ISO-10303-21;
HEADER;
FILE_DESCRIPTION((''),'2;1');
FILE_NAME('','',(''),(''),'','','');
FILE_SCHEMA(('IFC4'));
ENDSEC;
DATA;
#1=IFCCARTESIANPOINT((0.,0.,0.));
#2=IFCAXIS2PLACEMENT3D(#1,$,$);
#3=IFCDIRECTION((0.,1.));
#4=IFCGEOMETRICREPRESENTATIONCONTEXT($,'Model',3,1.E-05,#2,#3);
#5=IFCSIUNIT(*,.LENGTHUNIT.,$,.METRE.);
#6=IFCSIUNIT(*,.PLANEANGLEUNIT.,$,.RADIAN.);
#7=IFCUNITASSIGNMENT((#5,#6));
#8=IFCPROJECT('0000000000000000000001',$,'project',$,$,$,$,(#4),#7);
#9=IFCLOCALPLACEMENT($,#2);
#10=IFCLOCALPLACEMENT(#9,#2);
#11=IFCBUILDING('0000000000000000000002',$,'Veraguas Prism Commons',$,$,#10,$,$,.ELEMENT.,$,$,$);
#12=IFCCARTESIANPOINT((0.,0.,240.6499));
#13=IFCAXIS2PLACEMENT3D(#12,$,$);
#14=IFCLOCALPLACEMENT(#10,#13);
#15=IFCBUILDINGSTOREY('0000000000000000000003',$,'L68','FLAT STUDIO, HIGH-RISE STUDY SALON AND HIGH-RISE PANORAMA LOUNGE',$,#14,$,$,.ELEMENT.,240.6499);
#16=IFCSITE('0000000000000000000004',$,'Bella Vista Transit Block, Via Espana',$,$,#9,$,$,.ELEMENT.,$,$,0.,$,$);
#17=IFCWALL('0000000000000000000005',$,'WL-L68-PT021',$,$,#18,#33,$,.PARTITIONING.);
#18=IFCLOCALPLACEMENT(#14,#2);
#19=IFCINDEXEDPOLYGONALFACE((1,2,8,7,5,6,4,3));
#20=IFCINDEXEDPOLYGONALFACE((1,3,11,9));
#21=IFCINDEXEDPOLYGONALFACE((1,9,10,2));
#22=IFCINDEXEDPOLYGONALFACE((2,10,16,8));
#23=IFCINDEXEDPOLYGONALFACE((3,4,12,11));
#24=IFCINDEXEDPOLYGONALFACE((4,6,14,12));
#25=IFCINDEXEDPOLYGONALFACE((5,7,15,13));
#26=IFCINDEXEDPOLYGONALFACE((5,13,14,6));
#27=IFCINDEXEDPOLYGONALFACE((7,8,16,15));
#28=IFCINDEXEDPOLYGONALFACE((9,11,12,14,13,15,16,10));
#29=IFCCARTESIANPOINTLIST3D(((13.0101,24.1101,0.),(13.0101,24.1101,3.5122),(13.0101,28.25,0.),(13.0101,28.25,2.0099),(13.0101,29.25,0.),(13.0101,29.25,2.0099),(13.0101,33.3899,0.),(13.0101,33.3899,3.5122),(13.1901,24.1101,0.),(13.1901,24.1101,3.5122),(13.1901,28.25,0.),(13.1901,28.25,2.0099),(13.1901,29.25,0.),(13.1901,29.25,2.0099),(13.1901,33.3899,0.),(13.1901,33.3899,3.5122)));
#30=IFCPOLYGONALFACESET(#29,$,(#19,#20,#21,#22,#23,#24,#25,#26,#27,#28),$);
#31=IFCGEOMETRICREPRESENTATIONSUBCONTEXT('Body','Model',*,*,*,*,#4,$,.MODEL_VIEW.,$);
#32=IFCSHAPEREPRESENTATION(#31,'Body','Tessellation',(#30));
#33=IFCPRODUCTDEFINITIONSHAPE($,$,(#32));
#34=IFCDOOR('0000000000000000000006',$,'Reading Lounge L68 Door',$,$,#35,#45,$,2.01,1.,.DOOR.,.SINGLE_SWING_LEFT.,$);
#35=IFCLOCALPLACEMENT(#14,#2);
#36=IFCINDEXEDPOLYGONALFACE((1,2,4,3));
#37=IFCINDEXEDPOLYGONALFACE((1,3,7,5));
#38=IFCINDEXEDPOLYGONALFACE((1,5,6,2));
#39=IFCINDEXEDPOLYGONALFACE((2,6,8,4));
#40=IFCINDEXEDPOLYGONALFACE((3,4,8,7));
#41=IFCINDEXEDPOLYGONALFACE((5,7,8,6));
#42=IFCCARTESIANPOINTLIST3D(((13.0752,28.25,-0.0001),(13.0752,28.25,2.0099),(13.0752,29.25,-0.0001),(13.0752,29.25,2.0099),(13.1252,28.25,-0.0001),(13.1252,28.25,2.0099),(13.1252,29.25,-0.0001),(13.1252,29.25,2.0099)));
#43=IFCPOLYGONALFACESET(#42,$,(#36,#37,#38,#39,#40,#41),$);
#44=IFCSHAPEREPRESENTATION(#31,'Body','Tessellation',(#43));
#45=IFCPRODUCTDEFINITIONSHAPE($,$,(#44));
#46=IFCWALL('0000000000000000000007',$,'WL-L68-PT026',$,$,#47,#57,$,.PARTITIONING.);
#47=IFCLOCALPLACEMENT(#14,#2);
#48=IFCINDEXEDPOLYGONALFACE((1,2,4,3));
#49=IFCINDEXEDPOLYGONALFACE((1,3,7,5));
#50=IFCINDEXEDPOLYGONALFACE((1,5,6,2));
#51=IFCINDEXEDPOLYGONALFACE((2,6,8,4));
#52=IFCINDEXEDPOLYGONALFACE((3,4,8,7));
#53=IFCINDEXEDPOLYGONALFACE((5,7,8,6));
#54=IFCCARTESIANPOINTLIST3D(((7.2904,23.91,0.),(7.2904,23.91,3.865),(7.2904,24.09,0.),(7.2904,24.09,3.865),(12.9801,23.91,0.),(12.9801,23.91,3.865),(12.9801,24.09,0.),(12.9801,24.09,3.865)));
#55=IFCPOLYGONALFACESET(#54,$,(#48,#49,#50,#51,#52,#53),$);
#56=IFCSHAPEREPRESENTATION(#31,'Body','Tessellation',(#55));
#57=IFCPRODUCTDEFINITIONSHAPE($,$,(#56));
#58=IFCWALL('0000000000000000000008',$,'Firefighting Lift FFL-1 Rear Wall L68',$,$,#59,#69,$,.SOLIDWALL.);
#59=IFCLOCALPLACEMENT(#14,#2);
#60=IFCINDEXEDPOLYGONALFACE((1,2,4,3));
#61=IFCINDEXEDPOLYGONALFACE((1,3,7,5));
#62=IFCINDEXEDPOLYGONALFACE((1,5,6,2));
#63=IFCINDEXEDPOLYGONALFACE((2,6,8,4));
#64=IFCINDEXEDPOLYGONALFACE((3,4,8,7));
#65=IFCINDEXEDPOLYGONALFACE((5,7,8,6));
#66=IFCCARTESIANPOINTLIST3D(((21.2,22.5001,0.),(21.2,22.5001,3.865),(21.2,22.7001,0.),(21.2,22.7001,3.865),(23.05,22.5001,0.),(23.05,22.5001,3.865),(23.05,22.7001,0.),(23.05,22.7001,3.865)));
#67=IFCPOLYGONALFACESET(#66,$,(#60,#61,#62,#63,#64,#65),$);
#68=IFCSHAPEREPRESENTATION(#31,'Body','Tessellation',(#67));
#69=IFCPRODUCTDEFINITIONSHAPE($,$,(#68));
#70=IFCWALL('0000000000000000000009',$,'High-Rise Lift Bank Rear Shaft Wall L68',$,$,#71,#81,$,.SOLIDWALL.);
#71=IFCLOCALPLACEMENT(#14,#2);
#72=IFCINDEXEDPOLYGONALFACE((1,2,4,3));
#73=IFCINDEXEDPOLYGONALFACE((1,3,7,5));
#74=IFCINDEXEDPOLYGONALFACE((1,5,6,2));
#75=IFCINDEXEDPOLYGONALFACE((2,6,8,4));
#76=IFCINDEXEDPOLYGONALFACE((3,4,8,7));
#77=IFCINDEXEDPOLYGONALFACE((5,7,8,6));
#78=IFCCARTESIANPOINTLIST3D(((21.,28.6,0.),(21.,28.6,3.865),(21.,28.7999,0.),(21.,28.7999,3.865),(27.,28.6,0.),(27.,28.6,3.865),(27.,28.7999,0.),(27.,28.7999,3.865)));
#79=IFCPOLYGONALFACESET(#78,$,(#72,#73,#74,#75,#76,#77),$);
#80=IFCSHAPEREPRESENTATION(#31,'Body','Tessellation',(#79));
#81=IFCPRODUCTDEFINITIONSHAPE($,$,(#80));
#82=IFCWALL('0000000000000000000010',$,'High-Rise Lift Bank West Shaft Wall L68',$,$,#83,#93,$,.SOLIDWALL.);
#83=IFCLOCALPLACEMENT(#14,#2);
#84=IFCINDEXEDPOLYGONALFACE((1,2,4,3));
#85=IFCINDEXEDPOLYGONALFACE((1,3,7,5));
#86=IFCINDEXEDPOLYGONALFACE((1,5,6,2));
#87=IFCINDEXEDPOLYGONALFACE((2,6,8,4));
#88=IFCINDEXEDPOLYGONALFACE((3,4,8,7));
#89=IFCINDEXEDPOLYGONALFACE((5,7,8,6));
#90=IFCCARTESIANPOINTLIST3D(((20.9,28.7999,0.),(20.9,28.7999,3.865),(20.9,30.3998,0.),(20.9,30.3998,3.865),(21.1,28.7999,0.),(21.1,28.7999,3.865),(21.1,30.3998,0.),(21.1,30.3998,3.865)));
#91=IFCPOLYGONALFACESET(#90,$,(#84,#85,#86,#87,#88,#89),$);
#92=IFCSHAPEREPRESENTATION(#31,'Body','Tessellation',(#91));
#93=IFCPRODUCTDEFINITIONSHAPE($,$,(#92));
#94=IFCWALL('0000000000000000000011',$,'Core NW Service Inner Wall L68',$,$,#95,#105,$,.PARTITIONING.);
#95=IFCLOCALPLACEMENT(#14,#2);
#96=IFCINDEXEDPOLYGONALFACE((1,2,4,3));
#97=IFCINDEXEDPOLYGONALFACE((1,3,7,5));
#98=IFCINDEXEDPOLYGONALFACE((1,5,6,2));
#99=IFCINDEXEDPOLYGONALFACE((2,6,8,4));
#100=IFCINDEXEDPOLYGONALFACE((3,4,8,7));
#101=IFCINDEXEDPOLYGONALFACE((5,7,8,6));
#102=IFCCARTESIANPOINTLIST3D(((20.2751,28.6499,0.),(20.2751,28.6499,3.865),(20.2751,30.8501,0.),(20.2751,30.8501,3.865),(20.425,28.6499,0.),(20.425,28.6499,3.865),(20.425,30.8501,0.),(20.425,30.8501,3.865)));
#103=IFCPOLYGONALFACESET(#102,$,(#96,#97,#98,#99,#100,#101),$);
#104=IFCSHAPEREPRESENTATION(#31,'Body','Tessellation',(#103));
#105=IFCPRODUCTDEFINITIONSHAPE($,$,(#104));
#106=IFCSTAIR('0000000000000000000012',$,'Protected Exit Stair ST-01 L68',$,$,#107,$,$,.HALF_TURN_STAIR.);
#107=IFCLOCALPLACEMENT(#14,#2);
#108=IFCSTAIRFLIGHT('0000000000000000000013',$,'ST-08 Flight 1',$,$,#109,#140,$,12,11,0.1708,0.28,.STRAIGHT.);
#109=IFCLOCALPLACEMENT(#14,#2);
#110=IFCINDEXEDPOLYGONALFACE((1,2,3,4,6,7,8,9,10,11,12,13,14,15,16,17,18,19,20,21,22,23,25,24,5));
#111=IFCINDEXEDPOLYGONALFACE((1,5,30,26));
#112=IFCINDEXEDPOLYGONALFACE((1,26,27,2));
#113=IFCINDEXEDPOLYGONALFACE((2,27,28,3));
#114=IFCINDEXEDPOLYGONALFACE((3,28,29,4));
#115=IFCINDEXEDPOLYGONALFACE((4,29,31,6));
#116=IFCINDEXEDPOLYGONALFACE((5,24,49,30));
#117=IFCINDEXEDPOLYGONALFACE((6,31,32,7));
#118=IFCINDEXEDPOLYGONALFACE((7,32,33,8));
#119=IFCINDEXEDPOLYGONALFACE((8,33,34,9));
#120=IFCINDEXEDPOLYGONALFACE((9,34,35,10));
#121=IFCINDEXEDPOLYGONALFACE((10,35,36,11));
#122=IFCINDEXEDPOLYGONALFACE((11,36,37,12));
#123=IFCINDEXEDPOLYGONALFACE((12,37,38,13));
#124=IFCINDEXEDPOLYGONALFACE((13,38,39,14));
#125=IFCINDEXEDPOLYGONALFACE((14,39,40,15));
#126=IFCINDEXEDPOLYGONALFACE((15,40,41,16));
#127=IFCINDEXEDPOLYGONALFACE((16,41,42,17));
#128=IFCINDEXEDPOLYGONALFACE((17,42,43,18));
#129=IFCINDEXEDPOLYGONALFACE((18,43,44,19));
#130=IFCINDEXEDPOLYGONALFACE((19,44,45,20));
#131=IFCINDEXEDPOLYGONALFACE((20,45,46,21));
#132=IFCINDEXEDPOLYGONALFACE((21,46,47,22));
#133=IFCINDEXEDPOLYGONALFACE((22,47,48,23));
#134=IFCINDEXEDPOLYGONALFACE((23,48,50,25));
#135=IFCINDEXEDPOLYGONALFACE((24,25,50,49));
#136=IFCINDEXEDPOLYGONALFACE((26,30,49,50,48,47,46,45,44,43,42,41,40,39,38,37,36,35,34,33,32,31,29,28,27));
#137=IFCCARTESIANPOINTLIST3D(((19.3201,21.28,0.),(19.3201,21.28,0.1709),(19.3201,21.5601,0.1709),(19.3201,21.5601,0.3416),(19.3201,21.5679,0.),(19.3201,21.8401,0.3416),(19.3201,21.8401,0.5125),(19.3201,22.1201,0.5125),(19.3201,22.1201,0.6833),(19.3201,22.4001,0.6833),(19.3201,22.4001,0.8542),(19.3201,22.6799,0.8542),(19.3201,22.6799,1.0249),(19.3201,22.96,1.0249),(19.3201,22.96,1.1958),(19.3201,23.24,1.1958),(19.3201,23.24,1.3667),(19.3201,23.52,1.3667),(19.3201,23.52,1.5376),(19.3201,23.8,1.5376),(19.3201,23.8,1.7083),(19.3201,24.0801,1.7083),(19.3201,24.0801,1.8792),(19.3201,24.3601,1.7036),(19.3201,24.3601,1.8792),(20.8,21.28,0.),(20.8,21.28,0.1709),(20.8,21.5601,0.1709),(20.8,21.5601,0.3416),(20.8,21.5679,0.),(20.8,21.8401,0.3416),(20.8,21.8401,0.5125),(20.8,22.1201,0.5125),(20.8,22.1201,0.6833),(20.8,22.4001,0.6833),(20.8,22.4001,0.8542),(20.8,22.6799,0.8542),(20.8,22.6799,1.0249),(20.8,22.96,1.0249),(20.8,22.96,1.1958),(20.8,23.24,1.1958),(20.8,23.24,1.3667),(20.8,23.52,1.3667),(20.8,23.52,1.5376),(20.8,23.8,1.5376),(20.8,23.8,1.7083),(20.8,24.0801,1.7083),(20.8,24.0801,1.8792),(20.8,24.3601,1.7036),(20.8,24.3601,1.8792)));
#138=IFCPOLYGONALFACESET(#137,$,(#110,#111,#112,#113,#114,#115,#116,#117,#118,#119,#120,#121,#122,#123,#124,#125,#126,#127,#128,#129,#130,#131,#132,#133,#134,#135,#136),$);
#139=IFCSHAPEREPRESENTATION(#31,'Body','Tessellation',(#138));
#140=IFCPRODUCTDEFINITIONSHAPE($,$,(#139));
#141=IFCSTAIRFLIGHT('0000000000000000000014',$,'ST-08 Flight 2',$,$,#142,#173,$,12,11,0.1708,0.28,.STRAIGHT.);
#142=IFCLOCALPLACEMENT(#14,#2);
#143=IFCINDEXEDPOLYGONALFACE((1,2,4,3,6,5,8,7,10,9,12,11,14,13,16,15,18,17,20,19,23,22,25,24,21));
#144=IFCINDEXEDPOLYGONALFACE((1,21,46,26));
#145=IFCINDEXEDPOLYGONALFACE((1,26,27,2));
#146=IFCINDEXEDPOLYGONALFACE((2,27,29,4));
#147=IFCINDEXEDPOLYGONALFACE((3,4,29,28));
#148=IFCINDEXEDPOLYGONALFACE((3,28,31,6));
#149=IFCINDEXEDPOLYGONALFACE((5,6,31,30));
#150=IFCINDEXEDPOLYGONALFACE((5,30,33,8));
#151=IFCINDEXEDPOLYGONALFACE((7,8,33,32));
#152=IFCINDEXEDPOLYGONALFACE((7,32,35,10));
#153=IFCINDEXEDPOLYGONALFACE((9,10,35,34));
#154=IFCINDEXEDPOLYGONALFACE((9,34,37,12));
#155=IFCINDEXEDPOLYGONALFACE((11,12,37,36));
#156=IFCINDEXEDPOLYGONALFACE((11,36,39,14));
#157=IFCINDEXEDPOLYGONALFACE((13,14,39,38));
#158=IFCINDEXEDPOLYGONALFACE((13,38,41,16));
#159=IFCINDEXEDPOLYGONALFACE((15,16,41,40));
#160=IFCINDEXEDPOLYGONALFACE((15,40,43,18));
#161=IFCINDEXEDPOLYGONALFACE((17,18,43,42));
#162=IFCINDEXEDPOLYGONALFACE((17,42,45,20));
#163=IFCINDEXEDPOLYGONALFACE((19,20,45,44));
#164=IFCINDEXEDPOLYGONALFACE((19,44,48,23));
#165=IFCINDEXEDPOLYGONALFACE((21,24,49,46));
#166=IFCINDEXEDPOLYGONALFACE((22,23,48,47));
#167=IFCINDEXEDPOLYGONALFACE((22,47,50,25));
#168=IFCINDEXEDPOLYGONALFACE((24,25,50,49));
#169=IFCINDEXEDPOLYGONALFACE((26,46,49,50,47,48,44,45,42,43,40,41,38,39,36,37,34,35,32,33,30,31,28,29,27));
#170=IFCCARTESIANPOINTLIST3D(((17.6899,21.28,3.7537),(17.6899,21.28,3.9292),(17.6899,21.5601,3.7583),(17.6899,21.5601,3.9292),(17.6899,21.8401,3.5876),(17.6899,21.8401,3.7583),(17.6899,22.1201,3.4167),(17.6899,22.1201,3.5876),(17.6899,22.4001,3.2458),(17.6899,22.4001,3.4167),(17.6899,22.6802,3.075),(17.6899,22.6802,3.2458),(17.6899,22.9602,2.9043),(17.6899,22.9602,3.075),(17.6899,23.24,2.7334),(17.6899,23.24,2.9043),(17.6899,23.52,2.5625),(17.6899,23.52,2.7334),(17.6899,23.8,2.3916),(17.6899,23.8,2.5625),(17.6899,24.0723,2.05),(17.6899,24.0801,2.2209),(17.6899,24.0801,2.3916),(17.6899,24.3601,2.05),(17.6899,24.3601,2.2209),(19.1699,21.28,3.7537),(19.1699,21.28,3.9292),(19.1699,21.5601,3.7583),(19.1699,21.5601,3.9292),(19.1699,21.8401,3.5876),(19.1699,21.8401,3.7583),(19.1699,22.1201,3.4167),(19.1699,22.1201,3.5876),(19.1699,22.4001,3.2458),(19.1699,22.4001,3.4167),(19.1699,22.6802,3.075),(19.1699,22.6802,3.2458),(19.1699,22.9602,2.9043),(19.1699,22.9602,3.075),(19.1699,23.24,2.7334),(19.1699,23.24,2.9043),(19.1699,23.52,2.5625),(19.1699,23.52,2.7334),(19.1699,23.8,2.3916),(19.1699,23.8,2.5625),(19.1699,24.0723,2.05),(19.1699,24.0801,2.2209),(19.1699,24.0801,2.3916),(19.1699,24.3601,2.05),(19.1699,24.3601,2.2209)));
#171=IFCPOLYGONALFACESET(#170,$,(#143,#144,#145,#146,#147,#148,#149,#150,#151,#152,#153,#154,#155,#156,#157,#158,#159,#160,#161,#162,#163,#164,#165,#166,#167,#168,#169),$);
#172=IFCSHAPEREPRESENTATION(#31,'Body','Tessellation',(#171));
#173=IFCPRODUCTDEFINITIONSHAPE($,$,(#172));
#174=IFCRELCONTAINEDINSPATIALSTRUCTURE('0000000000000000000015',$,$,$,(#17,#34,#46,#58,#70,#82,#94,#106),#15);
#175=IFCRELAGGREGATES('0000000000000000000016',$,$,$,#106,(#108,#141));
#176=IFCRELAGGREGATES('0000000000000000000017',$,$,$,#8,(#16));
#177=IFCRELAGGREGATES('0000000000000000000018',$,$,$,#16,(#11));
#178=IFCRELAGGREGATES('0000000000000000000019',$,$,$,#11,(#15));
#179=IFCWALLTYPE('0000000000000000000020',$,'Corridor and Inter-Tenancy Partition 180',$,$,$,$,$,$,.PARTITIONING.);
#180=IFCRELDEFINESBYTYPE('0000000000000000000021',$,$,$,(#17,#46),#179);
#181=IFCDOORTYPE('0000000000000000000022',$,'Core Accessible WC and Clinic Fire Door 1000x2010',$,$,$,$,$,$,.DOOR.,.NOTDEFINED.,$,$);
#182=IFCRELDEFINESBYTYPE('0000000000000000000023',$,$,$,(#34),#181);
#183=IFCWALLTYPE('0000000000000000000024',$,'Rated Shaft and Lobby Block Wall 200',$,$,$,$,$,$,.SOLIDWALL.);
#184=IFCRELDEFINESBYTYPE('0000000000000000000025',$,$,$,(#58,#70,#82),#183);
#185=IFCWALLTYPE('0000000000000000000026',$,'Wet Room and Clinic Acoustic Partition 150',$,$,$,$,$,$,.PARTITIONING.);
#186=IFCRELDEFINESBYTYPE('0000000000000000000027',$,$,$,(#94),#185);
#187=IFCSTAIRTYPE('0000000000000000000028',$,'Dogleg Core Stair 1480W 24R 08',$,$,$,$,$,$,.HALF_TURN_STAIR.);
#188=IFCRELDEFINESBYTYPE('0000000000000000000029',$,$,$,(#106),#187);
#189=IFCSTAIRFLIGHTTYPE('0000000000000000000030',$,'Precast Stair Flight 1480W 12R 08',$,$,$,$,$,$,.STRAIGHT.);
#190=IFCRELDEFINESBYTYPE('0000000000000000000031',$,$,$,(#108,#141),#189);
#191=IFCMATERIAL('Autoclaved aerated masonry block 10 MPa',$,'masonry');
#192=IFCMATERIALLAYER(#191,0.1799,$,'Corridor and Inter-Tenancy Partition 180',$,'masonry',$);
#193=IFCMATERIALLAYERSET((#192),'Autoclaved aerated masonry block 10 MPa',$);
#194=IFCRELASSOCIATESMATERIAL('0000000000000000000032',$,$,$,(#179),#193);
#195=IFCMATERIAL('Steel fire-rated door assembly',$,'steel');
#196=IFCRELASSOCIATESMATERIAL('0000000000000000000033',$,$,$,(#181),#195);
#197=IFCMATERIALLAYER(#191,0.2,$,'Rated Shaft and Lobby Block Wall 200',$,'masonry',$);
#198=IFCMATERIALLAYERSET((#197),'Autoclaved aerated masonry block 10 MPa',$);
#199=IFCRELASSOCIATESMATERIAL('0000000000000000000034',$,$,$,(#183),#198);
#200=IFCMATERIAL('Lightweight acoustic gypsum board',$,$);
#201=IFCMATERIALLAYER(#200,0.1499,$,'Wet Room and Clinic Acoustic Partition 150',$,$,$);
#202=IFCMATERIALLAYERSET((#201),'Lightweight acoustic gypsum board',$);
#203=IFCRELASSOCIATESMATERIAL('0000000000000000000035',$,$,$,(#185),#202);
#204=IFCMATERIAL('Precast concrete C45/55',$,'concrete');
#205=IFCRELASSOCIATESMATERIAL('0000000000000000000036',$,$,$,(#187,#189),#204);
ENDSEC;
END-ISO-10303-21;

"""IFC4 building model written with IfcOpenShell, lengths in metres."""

from ifc_helpers import new_model, si_unit, direction, frame, frame_2d, origin, place, context, subcontext, project, spatial, polyline, rectangle, outline, extrude, source, transform, mapped, material, layer, layer_set, type_object, element, fill, aggregate, save


model = new_model("IFC4")

# Units and contexts
model_context = context("Model", 3, precision=1e-05, world=origin(), true_north=direction((0.0, 1.0)))
body_context = subcontext(model_context, "Body", "Model", "MODEL_VIEW")
ifc_project = project(units=[si_unit("LENGTHUNIT", "METRE"), si_unit("PLANEANGLEUNIT", "RADIAN")], contexts=[model_context])

# Site, building, storey
site_placement = place(None, origin())
site = spatial("IfcSite", under=ifc_project, at=site_placement, Name="Bella Vista Transit Block, Via Espana", CompositionType="ELEMENT", RefElevation=0.0)
building_placement = place(site_placement, origin())
building = spatial("IfcBuilding", under=site, at=building_placement, Name="Veraguas Prism Commons", CompositionType="ELEMENT")
storey_placement = place(building_placement, frame((0.0, 0.0, 240.6499)))
storey = spatial("IfcBuildingStorey", under=building, at=storey_placement, Name="L68", Description="FLAT STUDIO, HIGH-RISE STUDY SALON AND HIGH-RISE PANORAMA LOUNGE", CompositionType="ELEMENT", Elevation=240.6499)

# Wall, opening, door
ifc_material_1 = material(Name="Steel fire-rated door assembly", Category="steel")
ifc_material_2 = material(Name="Autoclaved aerated masonry block 10 MPa", Category="masonry")
ifc_layer_1 = layer(ifc_material_2, 0.1799, Name="Corridor and Inter-Tenancy Partition 180", Category="masonry")
ifc_layer_set_1 = layer_set([ifc_layer_1], Name="Autoclaved aerated masonry block 10 MPa")
wall_type_1 = type_object("IfcWallType", Name="Corridor and Inter-Tenancy Partition 180", PredefinedType="PARTITIONING", material=ifc_layer_set_1)
wall_1_placement = place(storey_placement, frame((13.1001, 24.1101, 0.0), z_axis=(0.0, 0.0, 1.0), x_axis=(0.0, 1.0, 0.0)))
wall_1 = element("IfcWall", 1, at=wall_1_placement, inside=storey, type_object=wall_type_1, Name="WL-L68-PT021", PredefinedType="PARTITIONING", context=body_context, shape_type="SweptSolid", body=[
    extrude(rectangle(XDim=9.2798, YDim=0.1799, at=frame_2d((4.6399, 0.0))), origin(), (0.0, 0.0, 1.0), 3.5122),
])
opening_1_placement = place(wall_1_placement, frame((4.1399, 0.0, 0.0)))
opening_1 = element("IfcOpeningElement", 2, at=opening_1_placement, cuts=wall_1, PredefinedType="OPENING", context=body_context, shape_type="SweptSolid", body=[
    extrude(rectangle(XDim=1.0, YDim=2.01, at=frame_2d((0.5, 1.0049))), frame((0.0, 0.0999, 0.0), z_axis=(0.0, -1.0, 0.0), x_axis=(1.0, 0.0, 0.0)), (0.0, 0.0, 1.0), 0.2),
])
door_type_1 = type_object("IfcDoorType", Name="Core Accessible WC and Clinic Fire Door 1000x2010", OperationType="NOTDEFINED", PredefinedType="DOOR", material=ifc_material_1)
shared_shape_1 = source(origin(), body_context, "Body", "SweptSolid", [
    extrude(rectangle(XDim=1.0, YDim=2.01, at=frame_2d((0.5, 1.0049))), frame((0.0, 0.0249, 0.0), z_axis=(0.0, -1.0, 0.0), x_axis=(1.0, 0.0, 0.0)), (0.0, 0.0, 1.0), 0.05),
])
door_1_placement = place(opening_1_placement, origin())
door_1 = element("IfcDoor", 3, at=door_1_placement, inside=storey, type_object=door_type_1, Name="Reading Lounge L68 Door", OperationType="SINGLE_SWING_LEFT", OverallHeight=2.01, OverallWidth=1.0, PredefinedType="DOOR", context=body_context, shape_type="MappedRepresentation", body=[
    mapped(shared_shape_1, transform((0.0, 0.0, 0.0), scale=1.0)),
])
fill(opening_1, door_1)

# Walls
wall_2_placement = place(storey_placement, frame((12.98, 24.0, 0.0), z_axis=(0.0, 0.0, 1.0), x_axis=(-1.0, 0.0, 0.0)))
element("IfcWall", 4, at=wall_2_placement, inside=storey, type_object=wall_type_1, Name="WL-L68-PT026", PredefinedType="PARTITIONING", context=body_context, shape_type="SweptSolid", body=[
    extrude(rectangle(XDim=5.6897, YDim=0.1799, at=frame_2d((2.8447, 0.0))), origin(), (0.0, 0.0, 1.0), 3.865),
])
ifc_layer_2 = layer(ifc_material_2, 0.2, Name="Rated Shaft and Lobby Block Wall 200", Category="masonry")
ifc_layer_set_2 = layer_set([ifc_layer_2], Name="Autoclaved aerated masonry block 10 MPa")
wall_type_2 = type_object("IfcWallType", Name="Rated Shaft and Lobby Block Wall 200", PredefinedType="SOLIDWALL", material=ifc_layer_set_2)
wall_3_placement = place(storey_placement, frame((21.2, 22.6001, 0.0), z_axis=(0.0, 0.0, 1.0), x_axis=(1.0, 0.0, 0.0)))
element("IfcWall", 5, at=wall_3_placement, inside=storey, type_object=wall_type_2, Name="Firefighting Lift FFL-1 Rear Wall L68", PredefinedType="SOLIDWALL", context=body_context, shape_type="SweptSolid", body=[
    extrude(rectangle(XDim=1.8501, YDim=0.2, at=frame_2d((0.925, 0.0))), origin(), (0.0, 0.0, 1.0), 3.865),
])
wall_4_placement = place(storey_placement, frame((21.0, 28.7, 0.0), z_axis=(0.0, 0.0, 1.0), x_axis=(1.0, 0.0, 0.0)))
element("IfcWall", 6, at=wall_4_placement, inside=storey, type_object=wall_type_2, Name="High-Rise Lift Bank Rear Shaft Wall L68", PredefinedType="SOLIDWALL", context=body_context, shape_type="SweptSolid", body=[
    extrude(rectangle(XDim=6.0, YDim=0.2, at=frame_2d((3.0, 0.0))), origin(), (0.0, 0.0, 1.0), 3.865),
])
wall_5_placement = place(storey_placement, frame((21.0, 28.8, 0.0), z_axis=(0.0, 0.0, 1.0), x_axis=(0.0, 1.0, 0.0)))
element("IfcWall", 7, at=wall_5_placement, inside=storey, type_object=wall_type_2, Name="High-Rise Lift Bank West Shaft Wall L68", PredefinedType="SOLIDWALL", context=body_context, shape_type="SweptSolid", body=[
    extrude(rectangle(XDim=1.5999, YDim=0.2, at=frame_2d((0.7998, 0.0))), origin(), (0.0, 0.0, 1.0), 3.865),
])
ifc_material_3 = material(Name="Lightweight acoustic gypsum board")
ifc_layer_3 = layer(ifc_material_3, 0.1499, Name="Wet Room and Clinic Acoustic Partition 150")
ifc_layer_set_3 = layer_set([ifc_layer_3], Name="Lightweight acoustic gypsum board")
wall_type_3 = type_object("IfcWallType", Name="Wet Room and Clinic Acoustic Partition 150", PredefinedType="PARTITIONING", material=ifc_layer_set_3)
wall_6_placement = place(storey_placement, frame((20.3501, 28.6499, 0.0), z_axis=(0.0, 0.0, 1.0), x_axis=(0.0, 1.0, 0.0)))
element("IfcWall", 8, at=wall_6_placement, inside=storey, type_object=wall_type_3, Name="Core NW Service Inner Wall L68", PredefinedType="PARTITIONING", context=body_context, shape_type="SweptSolid", body=[
    extrude(rectangle(XDim=2.2002, YDim=0.1499, at=frame_2d((1.1001, 0.0))), origin(), (0.0, 0.0, 1.0), 3.865),
])

# Stair, stair flights
ifc_material_4 = material(Name="Precast concrete C45/55", Category="concrete")
stair_type = type_object("IfcStairType", Name="Dogleg Core Stair 1480W 24R 08", PredefinedType="HALF_TURN_STAIR", material=ifc_material_4)
stair_placement = place(storey_placement, origin())
stair = element("IfcStair", 9, at=stair_placement, inside=storey, type_object=stair_type, Name="Protected Exit Stair ST-01 L68", PredefinedType="HALF_TURN_STAIR")
stair_flight_type = type_object("IfcStairFlightType", Name="Precast Stair Flight 1480W 12R 08", PredefinedType="STRAIGHT", material=ifc_material_4)
stair_flight_1_placement = place(storey_placement, frame((20.0601, 21.28, 0.0), z_axis=(0.0, 0.0, 1.0), x_axis=(0.0, 1.0, 0.0)))
stair_flight_1 = element("IfcStairFlight", 10, at=stair_flight_1_placement, type_object=stair_flight_type, Name="ST-08 Flight 1", NumberOfRisers=12, NumberOfTreads=11, PredefinedType="STRAIGHT", RiserHeight=0.1708, TreadLength=0.28, context=body_context, shape_type="SweptSolid", body=[
    extrude(outline(polyline([(0.0, 0.0), (0.0, 0.1709), (0.28, 0.1709), (0.28, 0.3416), (0.5601, 0.3416), (0.5601, 0.5125), (0.8401, 0.5125), (0.8401, 0.6833), (1.1201, 0.6833), (1.1201, 0.8542), (1.3999, 0.8542), (1.3999, 1.0249), (1.6799, 1.0249), (1.6799, 1.1958), (1.96, 1.1958), (1.96, 1.3667), (2.24, 1.3667), (2.24, 1.5376), (2.52, 1.5376), (2.52, 1.7083), (2.8, 1.7083), (2.8, 1.8792), (3.0801, 1.8792), (3.0801, 2.05), (3.0801, 1.7036), (0.2878, 0.0), (0.0, 0.0)])), frame((0.0, 0.74, 0.0), z_axis=(0.0, -1.0, 0.0), x_axis=(1.0, 0.0, 0.0)), (0.0, 0.0, 1.0), 1.48),
])
stair_flight_2_placement = place(storey_placement, frame((18.4299, 24.3601, 2.05), z_axis=(0.0, 0.0, 1.0), x_axis=(0.0, -1.0, 0.0)))
stair_flight_2 = element("IfcStairFlight", 11, at=stair_flight_2_placement, type_object=stair_flight_type, Name="ST-08 Flight 2", NumberOfRisers=12, NumberOfTreads=11, PredefinedType="STRAIGHT", RiserHeight=0.1708, TreadLength=0.28, context=body_context, shape_type="SweptSolid", body=[
    extrude(outline(polyline([(0.0, 0.0), (0.0, 0.1709), (0.28, 0.1709), (0.28, 0.3416), (0.5601, 0.3416), (0.5601, 0.5125), (0.8401, 0.5125), (0.8401, 0.6833), (1.1201, 0.6833), (1.1201, 0.8542), (1.3999, 0.8542), (1.3999, 1.0249), (1.6799, 1.0249), (1.6799, 1.1958), (1.96, 1.1958), (1.96, 1.3667), (2.24, 1.3667), (2.24, 1.5376), (2.52, 1.5376), (2.52, 1.7083), (2.8, 1.7083), (2.8, 1.8792), (3.0801, 1.8792), (3.0801, 2.05), (3.0801, 1.7036), (0.2878, 0.0), (0.0, 0.0)])), frame((0.0, 0.74, 0.0), z_axis=(0.0, -1.0, 0.0), x_axis=(1.0, 0.0, 0.0)), (0.0, 0.0, 1.0), 1.48),
])
aggregate(stair, [stair_flight_1, stair_flight_2])

save(model, "model.ifc")
